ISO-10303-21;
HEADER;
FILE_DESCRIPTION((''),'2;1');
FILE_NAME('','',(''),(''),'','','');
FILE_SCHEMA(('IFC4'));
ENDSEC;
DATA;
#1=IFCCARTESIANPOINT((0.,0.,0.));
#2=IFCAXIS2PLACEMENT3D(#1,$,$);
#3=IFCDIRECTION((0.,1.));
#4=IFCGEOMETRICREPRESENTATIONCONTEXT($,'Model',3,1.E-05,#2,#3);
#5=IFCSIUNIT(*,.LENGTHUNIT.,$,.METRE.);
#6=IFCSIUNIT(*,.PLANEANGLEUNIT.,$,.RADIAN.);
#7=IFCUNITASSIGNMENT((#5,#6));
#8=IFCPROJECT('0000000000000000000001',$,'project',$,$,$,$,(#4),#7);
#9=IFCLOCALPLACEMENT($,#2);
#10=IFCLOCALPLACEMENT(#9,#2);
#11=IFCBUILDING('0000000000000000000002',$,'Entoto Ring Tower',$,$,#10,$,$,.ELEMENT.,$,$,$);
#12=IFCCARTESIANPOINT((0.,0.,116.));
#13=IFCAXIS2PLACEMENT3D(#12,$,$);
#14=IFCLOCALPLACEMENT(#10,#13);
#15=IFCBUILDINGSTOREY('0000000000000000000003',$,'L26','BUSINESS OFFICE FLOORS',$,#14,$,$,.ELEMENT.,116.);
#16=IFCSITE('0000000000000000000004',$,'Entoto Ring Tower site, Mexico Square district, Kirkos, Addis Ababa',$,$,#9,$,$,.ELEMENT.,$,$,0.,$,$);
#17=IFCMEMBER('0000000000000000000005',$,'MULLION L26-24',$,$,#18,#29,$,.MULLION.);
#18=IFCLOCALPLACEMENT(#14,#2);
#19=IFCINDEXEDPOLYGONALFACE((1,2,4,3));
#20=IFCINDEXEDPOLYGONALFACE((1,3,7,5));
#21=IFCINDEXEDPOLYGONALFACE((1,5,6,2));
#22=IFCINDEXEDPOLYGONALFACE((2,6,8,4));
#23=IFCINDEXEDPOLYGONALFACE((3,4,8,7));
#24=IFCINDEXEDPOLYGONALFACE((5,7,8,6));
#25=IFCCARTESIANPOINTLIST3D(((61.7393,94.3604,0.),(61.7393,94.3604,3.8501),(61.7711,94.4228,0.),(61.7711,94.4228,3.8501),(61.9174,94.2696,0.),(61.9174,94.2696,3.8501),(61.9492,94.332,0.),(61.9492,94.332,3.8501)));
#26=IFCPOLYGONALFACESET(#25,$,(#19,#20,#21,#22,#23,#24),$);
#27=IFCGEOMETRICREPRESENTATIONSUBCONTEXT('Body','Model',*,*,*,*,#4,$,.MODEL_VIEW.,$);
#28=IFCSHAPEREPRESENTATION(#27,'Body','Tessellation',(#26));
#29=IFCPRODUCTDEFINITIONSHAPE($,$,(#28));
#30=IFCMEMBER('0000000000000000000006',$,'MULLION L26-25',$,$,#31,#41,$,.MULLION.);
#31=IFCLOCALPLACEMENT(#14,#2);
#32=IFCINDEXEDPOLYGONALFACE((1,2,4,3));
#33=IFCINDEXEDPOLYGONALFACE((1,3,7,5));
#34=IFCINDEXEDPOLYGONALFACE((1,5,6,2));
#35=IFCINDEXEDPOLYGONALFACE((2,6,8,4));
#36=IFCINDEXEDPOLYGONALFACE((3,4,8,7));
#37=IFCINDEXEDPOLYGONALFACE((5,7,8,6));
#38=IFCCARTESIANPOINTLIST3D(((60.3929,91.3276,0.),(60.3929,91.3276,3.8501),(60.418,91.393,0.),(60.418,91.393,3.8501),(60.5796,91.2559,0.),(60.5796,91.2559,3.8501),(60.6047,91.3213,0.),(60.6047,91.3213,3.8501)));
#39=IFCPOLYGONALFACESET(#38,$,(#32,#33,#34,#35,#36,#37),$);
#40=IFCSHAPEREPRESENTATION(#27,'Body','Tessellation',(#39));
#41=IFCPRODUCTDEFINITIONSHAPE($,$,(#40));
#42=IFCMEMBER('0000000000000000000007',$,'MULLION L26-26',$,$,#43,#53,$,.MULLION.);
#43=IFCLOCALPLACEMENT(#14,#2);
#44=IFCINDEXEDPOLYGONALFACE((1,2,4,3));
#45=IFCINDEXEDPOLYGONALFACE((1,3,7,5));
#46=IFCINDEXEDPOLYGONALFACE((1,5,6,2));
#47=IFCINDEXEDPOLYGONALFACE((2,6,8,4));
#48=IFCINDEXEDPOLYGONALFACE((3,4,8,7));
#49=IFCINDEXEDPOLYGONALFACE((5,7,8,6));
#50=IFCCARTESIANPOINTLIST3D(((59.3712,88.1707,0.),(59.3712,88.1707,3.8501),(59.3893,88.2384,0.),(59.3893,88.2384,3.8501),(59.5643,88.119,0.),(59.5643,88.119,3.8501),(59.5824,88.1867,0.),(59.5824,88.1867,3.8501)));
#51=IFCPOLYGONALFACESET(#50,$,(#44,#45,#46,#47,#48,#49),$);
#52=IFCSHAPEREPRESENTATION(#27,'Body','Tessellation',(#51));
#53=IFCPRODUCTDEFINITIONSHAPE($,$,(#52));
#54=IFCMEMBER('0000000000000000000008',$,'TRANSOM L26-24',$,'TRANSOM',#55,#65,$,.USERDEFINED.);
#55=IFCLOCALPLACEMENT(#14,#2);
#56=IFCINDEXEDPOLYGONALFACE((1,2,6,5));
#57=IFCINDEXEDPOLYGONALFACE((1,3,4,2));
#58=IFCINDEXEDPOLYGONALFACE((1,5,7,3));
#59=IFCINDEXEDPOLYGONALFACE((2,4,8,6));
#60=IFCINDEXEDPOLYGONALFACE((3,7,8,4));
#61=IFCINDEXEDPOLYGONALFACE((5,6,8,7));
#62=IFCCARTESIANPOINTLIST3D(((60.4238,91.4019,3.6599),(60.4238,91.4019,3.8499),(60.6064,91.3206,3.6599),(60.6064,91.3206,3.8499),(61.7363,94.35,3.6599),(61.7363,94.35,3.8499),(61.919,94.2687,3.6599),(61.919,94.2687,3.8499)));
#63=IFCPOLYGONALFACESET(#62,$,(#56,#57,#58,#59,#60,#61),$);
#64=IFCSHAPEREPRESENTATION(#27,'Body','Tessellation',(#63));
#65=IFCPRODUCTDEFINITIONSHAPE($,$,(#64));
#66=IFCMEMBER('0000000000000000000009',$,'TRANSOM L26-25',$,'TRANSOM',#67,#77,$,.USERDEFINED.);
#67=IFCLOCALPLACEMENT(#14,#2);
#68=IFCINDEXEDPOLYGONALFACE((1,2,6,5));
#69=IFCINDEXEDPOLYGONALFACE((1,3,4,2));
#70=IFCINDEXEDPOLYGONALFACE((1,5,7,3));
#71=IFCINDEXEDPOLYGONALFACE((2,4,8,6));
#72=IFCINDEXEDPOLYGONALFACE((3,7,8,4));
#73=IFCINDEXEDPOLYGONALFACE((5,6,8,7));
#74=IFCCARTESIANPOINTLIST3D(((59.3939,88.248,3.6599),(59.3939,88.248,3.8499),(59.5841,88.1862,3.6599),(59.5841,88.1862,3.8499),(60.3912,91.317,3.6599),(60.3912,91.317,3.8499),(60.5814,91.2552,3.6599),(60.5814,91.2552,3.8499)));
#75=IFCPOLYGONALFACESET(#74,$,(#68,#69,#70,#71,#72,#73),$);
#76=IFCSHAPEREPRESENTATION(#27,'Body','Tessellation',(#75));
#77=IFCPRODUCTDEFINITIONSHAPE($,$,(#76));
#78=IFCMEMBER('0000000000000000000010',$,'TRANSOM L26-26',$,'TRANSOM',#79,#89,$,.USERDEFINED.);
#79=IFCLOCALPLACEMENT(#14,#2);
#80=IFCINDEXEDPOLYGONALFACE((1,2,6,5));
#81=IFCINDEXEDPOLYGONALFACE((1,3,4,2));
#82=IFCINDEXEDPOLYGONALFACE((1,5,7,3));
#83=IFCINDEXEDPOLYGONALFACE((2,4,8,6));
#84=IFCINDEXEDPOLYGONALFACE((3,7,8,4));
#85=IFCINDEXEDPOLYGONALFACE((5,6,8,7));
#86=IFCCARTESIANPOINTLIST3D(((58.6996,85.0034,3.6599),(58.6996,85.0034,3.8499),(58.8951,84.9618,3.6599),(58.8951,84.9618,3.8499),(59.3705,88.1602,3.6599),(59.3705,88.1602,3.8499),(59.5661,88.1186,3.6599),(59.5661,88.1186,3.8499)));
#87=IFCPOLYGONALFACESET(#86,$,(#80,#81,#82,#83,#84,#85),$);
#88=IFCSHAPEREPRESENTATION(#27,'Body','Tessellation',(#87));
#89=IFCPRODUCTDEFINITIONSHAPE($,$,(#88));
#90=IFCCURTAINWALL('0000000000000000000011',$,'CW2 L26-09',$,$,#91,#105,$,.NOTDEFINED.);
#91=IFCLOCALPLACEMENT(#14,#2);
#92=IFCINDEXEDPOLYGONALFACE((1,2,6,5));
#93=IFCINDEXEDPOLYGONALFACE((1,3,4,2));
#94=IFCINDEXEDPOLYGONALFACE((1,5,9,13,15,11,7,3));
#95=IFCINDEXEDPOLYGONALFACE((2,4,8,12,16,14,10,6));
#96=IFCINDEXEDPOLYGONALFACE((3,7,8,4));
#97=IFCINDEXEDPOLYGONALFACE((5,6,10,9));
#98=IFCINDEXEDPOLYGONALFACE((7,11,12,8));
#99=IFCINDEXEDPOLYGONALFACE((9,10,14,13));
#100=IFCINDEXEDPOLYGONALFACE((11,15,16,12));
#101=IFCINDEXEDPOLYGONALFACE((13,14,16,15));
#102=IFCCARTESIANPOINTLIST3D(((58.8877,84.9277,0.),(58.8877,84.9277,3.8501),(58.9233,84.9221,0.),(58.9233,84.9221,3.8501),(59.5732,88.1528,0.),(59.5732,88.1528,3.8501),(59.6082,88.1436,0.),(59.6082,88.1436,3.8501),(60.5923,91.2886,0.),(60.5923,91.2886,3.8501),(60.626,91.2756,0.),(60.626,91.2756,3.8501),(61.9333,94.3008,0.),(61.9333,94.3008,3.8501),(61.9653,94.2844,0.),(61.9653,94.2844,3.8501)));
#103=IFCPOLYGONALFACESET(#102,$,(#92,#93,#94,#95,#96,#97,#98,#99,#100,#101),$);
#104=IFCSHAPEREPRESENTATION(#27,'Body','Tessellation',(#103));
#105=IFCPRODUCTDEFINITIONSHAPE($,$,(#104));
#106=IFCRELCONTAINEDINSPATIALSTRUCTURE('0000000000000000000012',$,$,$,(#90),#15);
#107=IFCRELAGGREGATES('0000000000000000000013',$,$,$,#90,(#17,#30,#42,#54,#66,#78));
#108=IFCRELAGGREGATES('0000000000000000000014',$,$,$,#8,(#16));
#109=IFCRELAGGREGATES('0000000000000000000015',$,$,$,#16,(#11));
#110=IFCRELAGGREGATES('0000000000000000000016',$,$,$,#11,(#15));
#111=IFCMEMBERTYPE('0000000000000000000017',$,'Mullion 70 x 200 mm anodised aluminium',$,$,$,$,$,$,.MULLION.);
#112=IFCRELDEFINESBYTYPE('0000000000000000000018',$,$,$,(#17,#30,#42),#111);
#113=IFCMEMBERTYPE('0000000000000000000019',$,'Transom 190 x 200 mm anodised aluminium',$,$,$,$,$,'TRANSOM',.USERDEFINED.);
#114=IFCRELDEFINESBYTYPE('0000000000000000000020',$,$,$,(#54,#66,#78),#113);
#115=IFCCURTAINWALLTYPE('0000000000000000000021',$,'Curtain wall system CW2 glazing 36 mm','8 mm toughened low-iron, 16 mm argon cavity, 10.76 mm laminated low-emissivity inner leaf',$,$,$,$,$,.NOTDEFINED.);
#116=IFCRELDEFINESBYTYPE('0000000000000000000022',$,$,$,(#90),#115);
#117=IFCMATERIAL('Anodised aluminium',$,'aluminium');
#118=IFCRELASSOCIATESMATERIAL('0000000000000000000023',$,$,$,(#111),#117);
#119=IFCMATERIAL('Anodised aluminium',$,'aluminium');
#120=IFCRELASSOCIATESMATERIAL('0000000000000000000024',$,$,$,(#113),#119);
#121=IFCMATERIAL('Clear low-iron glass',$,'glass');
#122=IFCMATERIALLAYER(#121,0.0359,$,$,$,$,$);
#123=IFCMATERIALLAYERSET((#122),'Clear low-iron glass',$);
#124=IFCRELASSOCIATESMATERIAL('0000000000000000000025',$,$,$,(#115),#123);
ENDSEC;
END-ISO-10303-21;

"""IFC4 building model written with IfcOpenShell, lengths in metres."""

from ifc_helpers import new_model, si_unit, direction, frame, origin, origin_2d, place, context, subcontext, project, spatial, polyline, rectangle, outline, extrude, material, layer, layer_set, material_profile, profile_set, type_object, element, aggregate, save


model = new_model("IFC4")

# Units and contexts
model_context = context("Model", 3, precision=1e-05, world=origin(), true_north=direction((0.0, 1.0)))
body_context = subcontext(model_context, "Body", "Model", "MODEL_VIEW")
ifc_project = project(units=[si_unit("LENGTHUNIT", "METRE"), si_unit("PLANEANGLEUNIT", "RADIAN")], contexts=[model_context])

# Members
ifc_material_1 = material(Name="Anodised aluminium", Category="aluminium")
ifc_material_profile_1 = material_profile(ifc_material_1, rectangle(XDim=0.0701, YDim=0.2, at=origin_2d()), Name="Mullion 70 x 200 mm anodised aluminium")
ifc_profile_set_1 = profile_set([ifc_material_profile_1], Name="Anodised aluminium")
member_type_1 = type_object("IfcMemberType", Name="Mullion 70 x 200 mm anodised aluminium", PredefinedType="MULLION", material=ifc_profile_set_1)
site_placement = place(None, origin())
building_placement = place(site_placement, origin())
storey_placement = place(building_placement, frame((0.0, 0.0, 116.0)))
member_1_placement = place(storey_placement, frame((61.8442, 94.3462, 0.0), z_axis=(0.0, 0.0, 1.0), x_axis=(-0.45399, -0.891007, 0.0)))
member_1 = element("IfcMember", 1, at=member_1_placement, type_object=member_type_1, Name="MULLION L26-24", PredefinedType="MULLION", context=body_context, shape_type="SweptSolid", body=[
    extrude(rectangle(XDim=0.0701, YDim=0.2, at=origin_2d()), origin(), (0.0, 0.0, 1.0), 3.8501),
])
member_2_placement = place(storey_placement, frame((60.4988, 91.3245, 0.0), z_axis=(0.0, 0.0, 1.0), x_axis=(-0.358368, -0.93358, 0.0)))
member_2 = element("IfcMember", 2, at=member_2_placement, type_object=member_type_1, Name="MULLION L26-25", PredefinedType="MULLION", context=body_context, shape_type="SweptSolid", body=[
    extrude(rectangle(XDim=0.0701, YDim=0.2, at=origin_2d()), origin(), (0.0, 0.0, 1.0), 3.8501),
])
member_3_placement = place(storey_placement, frame((59.4768, 88.1787, 0.0), z_axis=(0.0, 0.0, 1.0), x_axis=(-0.258819, -0.965926, 0.0)))
member_3 = element("IfcMember", 3, at=member_3_placement, type_object=member_type_1, Name="MULLION L26-26", PredefinedType="MULLION", context=body_context, shape_type="SweptSolid", body=[
    extrude(rectangle(XDim=0.0701, YDim=0.2, at=origin_2d()), origin(), (0.0, 0.0, 1.0), 3.8501),
])
ifc_material_2 = material(Name="Anodised aluminium", Category="aluminium")
ifc_material_profile_2 = material_profile(ifc_material_2, rectangle(XDim=0.2, YDim=0.1899, at=origin_2d()), Name="Transom 190 x 200 mm anodised aluminium")
ifc_profile_set_2 = profile_set([ifc_material_profile_2], Name="Anodised aluminium")
member_type_2 = type_object("IfcMemberType", Name="Transom 190 x 200 mm anodised aluminium", ElementType="TRANSOM", PredefinedType="USERDEFINED", material=ifc_profile_set_2)
member_4_placement = place(storey_placement, frame((61.8276, 94.3093, 3.7549), z_axis=(-0.406728, -0.913549, 0.0), x_axis=(0.913549, -0.406728, 0.0)))
member_4 = element("IfcMember", 4, at=member_4_placement, type_object=member_type_2, Name="TRANSOM L26-24", ObjectType="TRANSOM", PredefinedType="USERDEFINED", context=body_context, shape_type="SweptSolid", body=[
    extrude(rectangle(XDim=0.2, YDim=0.1899, at=origin_2d()), origin(), (0.0, 0.0, 1.0), 3.2271),
])
member_5_placement = place(storey_placement, frame((60.4863, 91.2861, 3.7549), z_axis=(-0.309047, -0.951047, 0.0), x_axis=(0.951047, -0.309047, 0.0)))
member_5 = element("IfcMember", 5, at=member_5_placement, type_object=member_type_2, Name="TRANSOM L26-25", ObjectType="TRANSOM", PredefinedType="USERDEFINED", context=body_context, shape_type="SweptSolid", body=[
    extrude(rectangle(XDim=0.2, YDim=0.1899, at=origin_2d()), origin(), (0.0, 0.0, 1.0), 3.2271),
])
member_6_placement = place(storey_placement, frame((59.4683, 88.1394, 3.7549), z_axis=(-0.207886, -0.978153, 0.0), x_axis=(0.978153, -0.207886, 0.0)))
member_6 = element("IfcMember", 6, at=member_6_placement, type_object=member_type_2, Name="TRANSOM L26-26", ObjectType="TRANSOM", PredefinedType="USERDEFINED", context=body_context, shape_type="SweptSolid", body=[
    extrude(rectangle(XDim=0.2, YDim=0.1899, at=origin_2d()), origin(), (0.0, 0.0, 1.0), 3.2273),
])

# Site, building, storey
site = spatial("IfcSite", under=ifc_project, at=site_placement, Name="Entoto Ring Tower site, Mexico Square district, Kirkos, Addis Ababa", CompositionType="ELEMENT", RefElevation=0.0)
building = spatial("IfcBuilding", under=site, at=building_placement, Name="Entoto Ring Tower", CompositionType="ELEMENT")
storey = spatial("IfcBuildingStorey", under=building, at=storey_placement, Name="L26", Description="BUSINESS OFFICE FLOORS", CompositionType="ELEMENT", Elevation=116.0)

# Curtain wall
ifc_material_3 = material(Name="Clear low-iron glass", Category="glass")
ifc_layer = layer(ifc_material_3, 0.0359)
ifc_layer_set = layer_set([ifc_layer], Name="Clear low-iron glass")
curtain_wall_type = type_object("IfcCurtainWallType", Name="Curtain wall system CW2 glazing 36 mm", Description="8 mm toughened low-iron, 16 mm argon cavity, 10.76 mm laminated low-emissivity inner leaf", PredefinedType="NOTDEFINED", material=ifc_layer_set)
curtain_wall_1_placement = place(storey_placement, origin())
curtain_wall_1 = element("IfcCurtainWall", 7, at=curtain_wall_1_placement, inside=storey, type_object=curtain_wall_type, Name="CW2 L26-09", PredefinedType="NOTDEFINED", context=body_context, shape_type="SweptSolid", body=[
    extrude(outline(polyline([(61.9333, 94.3008), (60.5923, 91.2886), (59.5732, 88.1528), (58.8877, 84.9277), (58.9233, 84.9221), (59.6082, 88.1436), (60.626, 91.2756), (61.9653, 94.2844), (61.9333, 94.3008)])), origin(), (0.0, 0.0, 1.0), 3.8501),
])
aggregate(curtain_wall_1, [member_1, member_2, member_3, member_4, member_5, member_6])

save(model, "model.ifc")
